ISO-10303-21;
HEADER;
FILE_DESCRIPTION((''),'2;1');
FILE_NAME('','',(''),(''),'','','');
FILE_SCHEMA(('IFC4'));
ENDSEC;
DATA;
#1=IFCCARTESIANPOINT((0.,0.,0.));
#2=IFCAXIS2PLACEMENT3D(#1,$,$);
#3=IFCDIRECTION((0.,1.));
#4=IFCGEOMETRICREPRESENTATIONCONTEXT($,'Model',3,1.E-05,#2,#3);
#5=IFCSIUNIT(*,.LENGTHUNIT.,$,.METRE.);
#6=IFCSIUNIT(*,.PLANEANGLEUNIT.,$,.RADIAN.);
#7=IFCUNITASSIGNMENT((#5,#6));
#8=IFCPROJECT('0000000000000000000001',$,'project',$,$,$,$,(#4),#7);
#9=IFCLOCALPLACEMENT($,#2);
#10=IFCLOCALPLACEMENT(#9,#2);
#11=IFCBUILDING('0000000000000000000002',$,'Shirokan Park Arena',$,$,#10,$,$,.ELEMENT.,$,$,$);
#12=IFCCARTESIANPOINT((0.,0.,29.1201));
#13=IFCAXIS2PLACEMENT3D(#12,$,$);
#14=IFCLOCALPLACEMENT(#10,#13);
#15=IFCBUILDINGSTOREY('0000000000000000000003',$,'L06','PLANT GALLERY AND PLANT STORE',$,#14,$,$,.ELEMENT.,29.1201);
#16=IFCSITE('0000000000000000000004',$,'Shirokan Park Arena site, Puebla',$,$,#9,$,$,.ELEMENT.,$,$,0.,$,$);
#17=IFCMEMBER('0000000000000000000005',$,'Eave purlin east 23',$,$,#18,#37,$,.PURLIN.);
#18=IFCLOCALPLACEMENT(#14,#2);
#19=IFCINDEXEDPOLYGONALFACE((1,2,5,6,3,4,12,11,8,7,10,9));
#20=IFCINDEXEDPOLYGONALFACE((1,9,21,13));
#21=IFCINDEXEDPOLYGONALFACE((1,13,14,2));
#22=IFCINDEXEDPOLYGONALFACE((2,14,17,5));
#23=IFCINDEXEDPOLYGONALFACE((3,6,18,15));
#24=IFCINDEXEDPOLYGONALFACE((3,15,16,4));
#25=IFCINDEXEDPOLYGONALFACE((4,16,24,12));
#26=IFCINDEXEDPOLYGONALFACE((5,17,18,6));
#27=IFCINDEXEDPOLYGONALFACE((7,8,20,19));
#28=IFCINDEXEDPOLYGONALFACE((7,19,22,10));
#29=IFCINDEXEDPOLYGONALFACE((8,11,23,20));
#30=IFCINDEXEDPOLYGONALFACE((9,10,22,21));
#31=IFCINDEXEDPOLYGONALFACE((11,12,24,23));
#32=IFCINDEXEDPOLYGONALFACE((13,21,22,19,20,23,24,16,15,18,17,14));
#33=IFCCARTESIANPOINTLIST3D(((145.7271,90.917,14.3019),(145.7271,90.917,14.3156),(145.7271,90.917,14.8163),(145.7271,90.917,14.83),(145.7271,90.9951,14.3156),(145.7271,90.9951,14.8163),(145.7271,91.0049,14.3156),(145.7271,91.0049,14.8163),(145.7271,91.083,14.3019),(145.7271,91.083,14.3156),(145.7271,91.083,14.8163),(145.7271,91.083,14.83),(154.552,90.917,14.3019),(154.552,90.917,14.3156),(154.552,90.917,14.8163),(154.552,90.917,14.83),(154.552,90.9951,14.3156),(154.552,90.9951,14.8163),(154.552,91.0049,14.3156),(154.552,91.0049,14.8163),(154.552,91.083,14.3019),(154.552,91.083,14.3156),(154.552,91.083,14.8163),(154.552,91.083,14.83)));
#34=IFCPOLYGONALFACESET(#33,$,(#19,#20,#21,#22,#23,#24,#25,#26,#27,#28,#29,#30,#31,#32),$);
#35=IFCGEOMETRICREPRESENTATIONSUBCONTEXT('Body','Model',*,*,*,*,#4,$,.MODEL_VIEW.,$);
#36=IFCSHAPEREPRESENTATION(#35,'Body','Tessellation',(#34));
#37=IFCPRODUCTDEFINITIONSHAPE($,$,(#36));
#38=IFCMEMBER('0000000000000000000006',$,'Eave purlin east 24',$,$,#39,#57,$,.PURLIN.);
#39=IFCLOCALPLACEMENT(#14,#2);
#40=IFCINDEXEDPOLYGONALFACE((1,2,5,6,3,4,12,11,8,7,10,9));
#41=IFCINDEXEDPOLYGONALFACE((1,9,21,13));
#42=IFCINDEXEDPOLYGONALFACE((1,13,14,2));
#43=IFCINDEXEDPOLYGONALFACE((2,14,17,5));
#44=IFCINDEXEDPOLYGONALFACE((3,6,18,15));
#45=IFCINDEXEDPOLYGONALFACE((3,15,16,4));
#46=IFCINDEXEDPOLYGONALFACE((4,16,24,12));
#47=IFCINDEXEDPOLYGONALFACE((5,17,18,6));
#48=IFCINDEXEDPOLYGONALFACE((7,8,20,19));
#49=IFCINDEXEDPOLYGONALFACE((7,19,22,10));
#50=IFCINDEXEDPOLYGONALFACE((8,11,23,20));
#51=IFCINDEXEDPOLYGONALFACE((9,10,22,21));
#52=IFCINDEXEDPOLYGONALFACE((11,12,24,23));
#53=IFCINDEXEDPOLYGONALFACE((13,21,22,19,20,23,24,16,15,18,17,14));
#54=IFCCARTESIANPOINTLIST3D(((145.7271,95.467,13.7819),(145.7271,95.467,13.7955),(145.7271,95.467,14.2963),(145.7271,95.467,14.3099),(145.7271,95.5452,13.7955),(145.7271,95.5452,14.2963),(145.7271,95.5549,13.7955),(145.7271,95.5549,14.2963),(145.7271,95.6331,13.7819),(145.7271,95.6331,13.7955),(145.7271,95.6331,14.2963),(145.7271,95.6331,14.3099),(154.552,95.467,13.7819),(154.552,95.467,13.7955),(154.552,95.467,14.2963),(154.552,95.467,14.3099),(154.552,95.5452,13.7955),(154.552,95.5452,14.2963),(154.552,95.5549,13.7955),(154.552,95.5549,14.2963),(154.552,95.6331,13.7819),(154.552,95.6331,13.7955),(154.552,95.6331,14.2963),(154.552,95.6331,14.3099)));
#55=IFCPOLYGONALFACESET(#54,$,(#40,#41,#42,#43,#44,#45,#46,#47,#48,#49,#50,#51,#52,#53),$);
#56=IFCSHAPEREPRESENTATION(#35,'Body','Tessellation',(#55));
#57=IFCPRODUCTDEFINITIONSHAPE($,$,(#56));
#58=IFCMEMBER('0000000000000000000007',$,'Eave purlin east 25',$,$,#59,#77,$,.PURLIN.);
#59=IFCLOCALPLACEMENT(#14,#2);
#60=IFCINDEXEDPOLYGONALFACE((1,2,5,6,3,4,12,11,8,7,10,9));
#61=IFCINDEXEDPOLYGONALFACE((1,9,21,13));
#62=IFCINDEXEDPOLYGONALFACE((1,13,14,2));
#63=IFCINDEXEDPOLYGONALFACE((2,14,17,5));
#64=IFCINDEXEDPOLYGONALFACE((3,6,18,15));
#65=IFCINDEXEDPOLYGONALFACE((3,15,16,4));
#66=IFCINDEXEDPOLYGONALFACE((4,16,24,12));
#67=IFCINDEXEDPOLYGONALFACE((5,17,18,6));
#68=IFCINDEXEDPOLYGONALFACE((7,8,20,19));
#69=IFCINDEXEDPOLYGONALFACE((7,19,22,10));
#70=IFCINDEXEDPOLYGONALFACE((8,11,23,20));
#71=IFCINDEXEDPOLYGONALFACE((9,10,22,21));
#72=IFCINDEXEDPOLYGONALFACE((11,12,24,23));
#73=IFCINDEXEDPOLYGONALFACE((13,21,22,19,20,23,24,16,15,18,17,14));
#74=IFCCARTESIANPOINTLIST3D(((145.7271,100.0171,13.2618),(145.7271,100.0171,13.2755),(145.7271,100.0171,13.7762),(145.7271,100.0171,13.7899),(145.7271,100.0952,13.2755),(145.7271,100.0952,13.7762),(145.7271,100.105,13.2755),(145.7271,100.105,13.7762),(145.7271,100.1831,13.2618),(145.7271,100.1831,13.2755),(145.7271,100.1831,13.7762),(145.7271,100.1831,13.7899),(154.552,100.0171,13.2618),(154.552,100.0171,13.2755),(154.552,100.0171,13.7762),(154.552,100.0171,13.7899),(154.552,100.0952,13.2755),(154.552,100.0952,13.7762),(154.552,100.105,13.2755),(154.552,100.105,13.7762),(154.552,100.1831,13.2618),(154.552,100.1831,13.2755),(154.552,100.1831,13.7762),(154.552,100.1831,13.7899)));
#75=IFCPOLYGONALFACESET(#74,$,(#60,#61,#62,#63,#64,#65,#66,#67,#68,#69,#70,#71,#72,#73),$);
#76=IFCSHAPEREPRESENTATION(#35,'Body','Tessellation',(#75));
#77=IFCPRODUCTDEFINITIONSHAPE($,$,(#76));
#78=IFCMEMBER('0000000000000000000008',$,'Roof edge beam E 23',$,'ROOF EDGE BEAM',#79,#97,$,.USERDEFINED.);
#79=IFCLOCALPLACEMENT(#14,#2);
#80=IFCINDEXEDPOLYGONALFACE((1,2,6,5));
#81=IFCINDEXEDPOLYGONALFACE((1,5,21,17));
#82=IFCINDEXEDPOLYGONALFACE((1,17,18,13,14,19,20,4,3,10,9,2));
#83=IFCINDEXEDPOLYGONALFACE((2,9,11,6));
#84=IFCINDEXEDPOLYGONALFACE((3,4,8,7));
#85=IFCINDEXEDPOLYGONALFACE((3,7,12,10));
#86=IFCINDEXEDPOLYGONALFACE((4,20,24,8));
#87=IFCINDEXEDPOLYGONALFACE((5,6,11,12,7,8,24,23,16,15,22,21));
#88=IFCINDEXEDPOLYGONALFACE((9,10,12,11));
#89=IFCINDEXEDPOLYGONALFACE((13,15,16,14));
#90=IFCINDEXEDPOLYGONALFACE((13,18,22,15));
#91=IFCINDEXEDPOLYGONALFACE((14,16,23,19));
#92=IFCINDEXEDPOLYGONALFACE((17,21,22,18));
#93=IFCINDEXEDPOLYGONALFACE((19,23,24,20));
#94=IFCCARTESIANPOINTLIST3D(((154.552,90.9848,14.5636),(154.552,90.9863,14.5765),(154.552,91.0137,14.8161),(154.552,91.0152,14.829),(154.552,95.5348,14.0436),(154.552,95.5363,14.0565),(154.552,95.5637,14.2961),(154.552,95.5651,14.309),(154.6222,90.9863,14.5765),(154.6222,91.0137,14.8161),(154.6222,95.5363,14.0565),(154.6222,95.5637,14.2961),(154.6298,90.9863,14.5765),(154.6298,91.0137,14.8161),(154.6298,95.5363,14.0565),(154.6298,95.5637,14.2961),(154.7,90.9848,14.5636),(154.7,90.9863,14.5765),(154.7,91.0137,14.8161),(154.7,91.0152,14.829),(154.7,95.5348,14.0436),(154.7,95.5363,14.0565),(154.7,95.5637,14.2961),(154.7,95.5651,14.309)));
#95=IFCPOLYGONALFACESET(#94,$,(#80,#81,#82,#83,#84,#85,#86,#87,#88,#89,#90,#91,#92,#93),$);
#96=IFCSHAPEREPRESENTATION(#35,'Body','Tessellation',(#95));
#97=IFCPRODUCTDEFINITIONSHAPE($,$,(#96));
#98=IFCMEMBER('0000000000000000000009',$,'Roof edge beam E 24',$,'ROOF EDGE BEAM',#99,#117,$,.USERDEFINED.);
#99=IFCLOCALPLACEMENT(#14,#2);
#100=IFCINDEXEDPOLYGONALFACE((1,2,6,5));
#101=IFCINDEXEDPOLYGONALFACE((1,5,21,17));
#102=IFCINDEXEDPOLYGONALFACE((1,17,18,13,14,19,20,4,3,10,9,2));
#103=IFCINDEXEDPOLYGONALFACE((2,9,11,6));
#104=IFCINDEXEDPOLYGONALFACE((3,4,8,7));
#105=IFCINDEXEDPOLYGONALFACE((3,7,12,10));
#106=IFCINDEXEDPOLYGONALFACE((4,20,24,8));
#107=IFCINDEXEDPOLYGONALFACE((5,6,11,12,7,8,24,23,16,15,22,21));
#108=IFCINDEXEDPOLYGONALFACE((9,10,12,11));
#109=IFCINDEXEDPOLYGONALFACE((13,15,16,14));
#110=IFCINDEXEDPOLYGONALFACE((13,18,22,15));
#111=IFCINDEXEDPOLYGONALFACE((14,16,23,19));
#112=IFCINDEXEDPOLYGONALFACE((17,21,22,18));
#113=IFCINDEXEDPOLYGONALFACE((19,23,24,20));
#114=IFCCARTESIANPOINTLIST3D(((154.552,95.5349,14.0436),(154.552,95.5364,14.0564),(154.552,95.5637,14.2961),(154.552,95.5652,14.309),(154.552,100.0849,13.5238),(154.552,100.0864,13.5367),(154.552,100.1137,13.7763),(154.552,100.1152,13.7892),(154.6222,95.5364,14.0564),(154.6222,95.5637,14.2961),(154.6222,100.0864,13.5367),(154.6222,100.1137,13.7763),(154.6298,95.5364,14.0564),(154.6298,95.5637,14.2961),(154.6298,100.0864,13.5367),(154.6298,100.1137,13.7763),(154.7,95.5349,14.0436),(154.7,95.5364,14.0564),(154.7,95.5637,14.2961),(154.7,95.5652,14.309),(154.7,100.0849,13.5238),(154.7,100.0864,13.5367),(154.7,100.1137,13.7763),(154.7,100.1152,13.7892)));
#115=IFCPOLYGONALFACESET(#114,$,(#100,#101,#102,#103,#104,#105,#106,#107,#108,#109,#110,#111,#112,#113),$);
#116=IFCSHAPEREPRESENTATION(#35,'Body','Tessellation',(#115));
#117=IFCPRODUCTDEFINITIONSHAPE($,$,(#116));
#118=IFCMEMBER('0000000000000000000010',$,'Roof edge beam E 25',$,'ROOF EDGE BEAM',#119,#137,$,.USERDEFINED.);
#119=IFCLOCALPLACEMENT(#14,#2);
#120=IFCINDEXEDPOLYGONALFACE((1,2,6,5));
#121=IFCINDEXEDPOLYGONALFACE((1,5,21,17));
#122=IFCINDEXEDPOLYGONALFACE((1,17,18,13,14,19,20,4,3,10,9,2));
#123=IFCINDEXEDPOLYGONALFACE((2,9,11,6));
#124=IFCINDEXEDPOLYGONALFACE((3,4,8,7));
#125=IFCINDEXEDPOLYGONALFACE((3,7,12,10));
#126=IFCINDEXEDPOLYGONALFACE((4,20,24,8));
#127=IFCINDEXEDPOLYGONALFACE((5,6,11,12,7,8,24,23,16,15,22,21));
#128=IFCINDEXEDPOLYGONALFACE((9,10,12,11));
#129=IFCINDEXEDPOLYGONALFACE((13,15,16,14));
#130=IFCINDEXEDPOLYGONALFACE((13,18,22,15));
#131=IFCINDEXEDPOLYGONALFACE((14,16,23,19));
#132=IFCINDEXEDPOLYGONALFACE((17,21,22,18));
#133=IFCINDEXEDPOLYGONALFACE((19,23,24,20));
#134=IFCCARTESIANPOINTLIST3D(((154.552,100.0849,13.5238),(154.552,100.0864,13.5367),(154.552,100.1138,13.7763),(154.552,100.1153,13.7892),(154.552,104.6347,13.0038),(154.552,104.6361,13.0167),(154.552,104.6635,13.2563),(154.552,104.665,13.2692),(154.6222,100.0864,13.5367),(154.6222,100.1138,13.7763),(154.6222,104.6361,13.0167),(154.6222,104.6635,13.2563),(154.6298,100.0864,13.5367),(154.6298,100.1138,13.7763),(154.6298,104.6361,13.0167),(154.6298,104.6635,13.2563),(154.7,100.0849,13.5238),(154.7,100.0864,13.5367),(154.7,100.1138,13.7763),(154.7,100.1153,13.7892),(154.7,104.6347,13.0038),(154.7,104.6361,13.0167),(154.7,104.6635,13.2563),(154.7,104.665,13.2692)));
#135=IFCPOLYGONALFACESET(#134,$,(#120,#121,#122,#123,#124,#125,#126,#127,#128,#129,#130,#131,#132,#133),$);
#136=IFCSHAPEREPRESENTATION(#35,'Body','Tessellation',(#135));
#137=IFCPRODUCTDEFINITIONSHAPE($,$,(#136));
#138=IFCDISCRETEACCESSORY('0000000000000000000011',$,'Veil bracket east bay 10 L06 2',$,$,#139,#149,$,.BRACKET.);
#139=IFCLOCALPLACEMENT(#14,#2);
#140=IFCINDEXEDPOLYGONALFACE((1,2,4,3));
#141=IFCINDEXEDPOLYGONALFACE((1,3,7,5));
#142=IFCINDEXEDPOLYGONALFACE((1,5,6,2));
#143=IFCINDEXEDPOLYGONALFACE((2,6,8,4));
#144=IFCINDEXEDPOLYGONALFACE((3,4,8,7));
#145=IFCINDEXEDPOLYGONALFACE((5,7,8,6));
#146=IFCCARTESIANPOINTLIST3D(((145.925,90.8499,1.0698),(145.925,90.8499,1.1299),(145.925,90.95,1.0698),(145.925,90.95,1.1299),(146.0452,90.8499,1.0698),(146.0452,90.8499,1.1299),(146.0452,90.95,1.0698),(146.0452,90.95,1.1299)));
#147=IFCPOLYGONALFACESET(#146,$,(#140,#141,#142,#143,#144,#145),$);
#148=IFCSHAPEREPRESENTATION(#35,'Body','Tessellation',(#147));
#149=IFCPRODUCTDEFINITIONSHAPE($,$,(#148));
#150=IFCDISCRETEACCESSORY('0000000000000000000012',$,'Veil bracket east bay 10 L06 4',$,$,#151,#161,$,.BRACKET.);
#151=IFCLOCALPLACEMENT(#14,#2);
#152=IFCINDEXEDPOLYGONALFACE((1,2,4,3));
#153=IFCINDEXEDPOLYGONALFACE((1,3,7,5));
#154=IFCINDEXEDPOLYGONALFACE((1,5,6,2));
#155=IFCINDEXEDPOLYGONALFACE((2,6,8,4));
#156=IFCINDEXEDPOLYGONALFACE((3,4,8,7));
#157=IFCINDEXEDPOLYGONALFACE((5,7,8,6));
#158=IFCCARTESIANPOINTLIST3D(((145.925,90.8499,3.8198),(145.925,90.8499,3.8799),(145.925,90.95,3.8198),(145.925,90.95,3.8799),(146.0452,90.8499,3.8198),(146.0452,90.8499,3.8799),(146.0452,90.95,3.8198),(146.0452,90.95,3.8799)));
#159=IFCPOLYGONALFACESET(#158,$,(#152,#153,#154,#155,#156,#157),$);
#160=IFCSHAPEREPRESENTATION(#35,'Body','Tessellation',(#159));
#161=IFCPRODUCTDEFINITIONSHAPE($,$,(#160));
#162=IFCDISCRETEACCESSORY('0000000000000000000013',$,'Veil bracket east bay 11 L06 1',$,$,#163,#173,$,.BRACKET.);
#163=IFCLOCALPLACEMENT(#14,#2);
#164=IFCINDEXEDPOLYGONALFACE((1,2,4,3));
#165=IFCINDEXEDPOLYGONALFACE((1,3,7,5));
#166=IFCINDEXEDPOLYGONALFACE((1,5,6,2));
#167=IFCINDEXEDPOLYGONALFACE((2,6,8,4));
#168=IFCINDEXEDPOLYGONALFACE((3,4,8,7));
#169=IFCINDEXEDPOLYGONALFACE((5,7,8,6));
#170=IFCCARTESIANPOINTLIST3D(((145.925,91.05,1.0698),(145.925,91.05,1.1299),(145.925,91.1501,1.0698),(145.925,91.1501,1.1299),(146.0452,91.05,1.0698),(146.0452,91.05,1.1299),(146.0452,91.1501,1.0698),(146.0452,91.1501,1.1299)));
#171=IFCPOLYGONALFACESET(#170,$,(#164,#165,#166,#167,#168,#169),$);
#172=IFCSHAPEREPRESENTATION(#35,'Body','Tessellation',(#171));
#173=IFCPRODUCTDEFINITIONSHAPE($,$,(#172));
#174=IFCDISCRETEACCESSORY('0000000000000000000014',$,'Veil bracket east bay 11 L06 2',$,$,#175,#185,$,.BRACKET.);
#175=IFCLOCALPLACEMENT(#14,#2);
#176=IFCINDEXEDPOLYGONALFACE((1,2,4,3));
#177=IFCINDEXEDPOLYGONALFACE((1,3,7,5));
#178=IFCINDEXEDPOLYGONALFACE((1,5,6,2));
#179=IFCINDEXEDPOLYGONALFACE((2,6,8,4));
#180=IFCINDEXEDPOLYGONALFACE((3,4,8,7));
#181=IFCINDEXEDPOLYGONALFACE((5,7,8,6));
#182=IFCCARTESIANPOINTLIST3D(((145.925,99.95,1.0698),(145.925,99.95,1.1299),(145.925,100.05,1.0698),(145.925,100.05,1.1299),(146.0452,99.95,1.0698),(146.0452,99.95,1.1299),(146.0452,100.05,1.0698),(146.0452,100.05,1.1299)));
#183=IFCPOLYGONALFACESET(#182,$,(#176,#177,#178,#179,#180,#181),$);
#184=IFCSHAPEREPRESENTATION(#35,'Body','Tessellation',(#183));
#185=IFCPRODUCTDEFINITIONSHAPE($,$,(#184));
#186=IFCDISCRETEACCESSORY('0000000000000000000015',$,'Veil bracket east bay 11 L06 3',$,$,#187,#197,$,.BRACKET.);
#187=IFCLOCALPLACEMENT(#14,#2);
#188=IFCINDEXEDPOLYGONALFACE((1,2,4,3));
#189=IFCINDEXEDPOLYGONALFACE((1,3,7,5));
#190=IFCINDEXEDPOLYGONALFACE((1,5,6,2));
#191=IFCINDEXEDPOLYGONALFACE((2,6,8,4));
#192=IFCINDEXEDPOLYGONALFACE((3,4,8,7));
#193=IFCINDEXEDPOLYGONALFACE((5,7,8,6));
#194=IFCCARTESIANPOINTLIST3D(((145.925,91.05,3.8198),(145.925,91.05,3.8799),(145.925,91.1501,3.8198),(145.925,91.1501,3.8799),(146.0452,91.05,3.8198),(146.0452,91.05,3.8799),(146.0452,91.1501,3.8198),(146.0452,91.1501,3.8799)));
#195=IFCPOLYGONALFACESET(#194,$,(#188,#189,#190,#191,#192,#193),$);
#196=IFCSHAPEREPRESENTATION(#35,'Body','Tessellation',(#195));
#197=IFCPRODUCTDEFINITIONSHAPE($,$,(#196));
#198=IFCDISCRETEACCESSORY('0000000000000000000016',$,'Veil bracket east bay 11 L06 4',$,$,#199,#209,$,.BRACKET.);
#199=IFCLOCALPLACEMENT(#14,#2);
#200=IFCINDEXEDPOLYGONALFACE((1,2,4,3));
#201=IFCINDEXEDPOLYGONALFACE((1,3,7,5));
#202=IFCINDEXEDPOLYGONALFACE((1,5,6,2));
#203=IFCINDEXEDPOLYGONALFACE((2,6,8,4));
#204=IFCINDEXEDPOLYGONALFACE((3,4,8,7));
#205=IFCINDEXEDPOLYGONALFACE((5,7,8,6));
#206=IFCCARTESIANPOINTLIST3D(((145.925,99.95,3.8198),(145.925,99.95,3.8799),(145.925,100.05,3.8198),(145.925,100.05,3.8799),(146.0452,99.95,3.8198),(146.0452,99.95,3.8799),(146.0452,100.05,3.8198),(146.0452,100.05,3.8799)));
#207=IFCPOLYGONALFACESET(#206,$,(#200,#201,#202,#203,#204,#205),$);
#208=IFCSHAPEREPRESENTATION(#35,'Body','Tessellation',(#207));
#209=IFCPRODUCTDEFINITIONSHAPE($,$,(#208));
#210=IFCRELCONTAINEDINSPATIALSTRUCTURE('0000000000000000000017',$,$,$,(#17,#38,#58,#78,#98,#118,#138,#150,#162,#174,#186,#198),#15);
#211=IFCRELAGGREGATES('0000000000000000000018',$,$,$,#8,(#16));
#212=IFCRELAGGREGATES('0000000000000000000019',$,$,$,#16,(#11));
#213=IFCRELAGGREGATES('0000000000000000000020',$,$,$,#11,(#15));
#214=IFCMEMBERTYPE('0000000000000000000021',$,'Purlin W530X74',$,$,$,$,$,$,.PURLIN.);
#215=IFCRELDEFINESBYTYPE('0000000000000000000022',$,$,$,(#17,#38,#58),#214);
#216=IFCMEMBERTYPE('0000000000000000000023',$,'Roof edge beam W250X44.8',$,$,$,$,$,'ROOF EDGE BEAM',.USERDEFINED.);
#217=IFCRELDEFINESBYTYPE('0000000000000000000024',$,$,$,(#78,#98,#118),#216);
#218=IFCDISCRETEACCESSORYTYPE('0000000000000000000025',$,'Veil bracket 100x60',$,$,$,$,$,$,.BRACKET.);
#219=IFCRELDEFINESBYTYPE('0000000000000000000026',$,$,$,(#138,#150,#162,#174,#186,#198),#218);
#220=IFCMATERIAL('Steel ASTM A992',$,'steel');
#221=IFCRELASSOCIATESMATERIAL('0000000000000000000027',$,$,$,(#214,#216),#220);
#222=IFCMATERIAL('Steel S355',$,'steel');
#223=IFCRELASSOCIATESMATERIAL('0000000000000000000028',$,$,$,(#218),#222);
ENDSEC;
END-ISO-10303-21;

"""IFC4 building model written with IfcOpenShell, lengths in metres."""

from ifc_helpers import new_model, si_unit, direction, frame, origin, origin_2d, place, context, subcontext, project, spatial, rectangle, i_section, extrude, material, material_profile, profile_set, type_object, element, save


model = new_model("IFC4")

# Units and contexts
model_context = context("Model", 3, precision=1e-05, world=origin(), true_north=direction((0.0, 1.0)))
body_context = subcontext(model_context, "Body", "Model", "MODEL_VIEW")
ifc_project = project(units=[si_unit("LENGTHUNIT", "METRE"), si_unit("PLANEANGLEUNIT", "RADIAN")], contexts=[model_context])

# Site, building, storey
site_placement = place(None, origin())
site = spatial("IfcSite", under=ifc_project, at=site_placement, Name="Shirokan Park Arena site, Puebla", CompositionType="ELEMENT", RefElevation=0.0)
building_placement = place(site_placement, origin())
building = spatial("IfcBuilding", under=site, at=building_placement, Name="Shirokan Park Arena", CompositionType="ELEMENT")
storey_placement = place(building_placement, frame((0.0, 0.0, 29.1201)))
storey = spatial("IfcBuildingStorey", under=building, at=storey_placement, Name="L06", Description="PLANT GALLERY AND PLANT STORE", CompositionType="ELEMENT", Elevation=29.1201)

# Members
ifc_material_1 = material(Name="Steel ASTM A992", Category="steel")
ifc_material_profile_1 = material_profile(ifc_material_1, i_section(OverallWidth=0.166, OverallDepth=0.5281, WebThickness=0.0098, FlangeThickness=0.0137, at=origin_2d()), Name="W530X74")
ifc_profile_set_1 = profile_set([ifc_material_profile_1], Name="Steel ASTM A992")
member_type_1 = type_object("IfcMemberType", Name="Purlin W530X74", PredefinedType="PURLIN", material=ifc_profile_set_1)
for number, where, z_axis, x_axis, name in (
    (1, (145.7271, 91.0, 14.5659), (1.0, 0.0, 0.0), (0.0, 1.0, 0.0), "Eave purlin east 23"),
    (2, (145.7271, 95.55, 14.0459), (1.0, 0.0, 0.0), (0.0, 1.0, 0.0), "Eave purlin east 24"),
    (3, (145.7271, 100.1001, 13.5259), (1.0, 0.0, 0.0), (0.0, 1.0, 0.0), "Eave purlin east 25"),
):
    element("IfcMember", number, at=place(storey_placement, frame(where, z_axis=z_axis, x_axis=x_axis)), inside=storey, type_object=member_type_1, Name=name, PredefinedType="PURLIN", context=body_context, shape_type="SweptSolid", body=[
        extrude(i_section(OverallWidth=0.166, OverallDepth=0.5281, WebThickness=0.0098, FlangeThickness=0.0137, at=origin_2d()), origin(), (0.0, 0.0, 1.0), 8.825),
    ])
ifc_material_profile_2 = material_profile(ifc_material_1, i_section(OverallWidth=0.1479, OverallDepth=0.2671, WebThickness=0.0076, FlangeThickness=0.0129, at=origin_2d()), Name="W250X44.8")
ifc_profile_set_2 = profile_set([ifc_material_profile_2], Name="Steel ASTM A992")
member_type_2 = type_object("IfcMemberType", Name="Roof edge beam W250X44.8", ElementType="ROOF EDGE BEAM", PredefinedType="USERDEFINED", material=ifc_profile_set_2)
for number, where, z_axis, x_axis, name in (
    (4, (154.626, 91.0, 14.6963), (0.0, 0.993532, -0.11355), (-1.0, 0.0, 0.0), "Roof edge beam E 23"),
    (5, (154.626, 95.55, 14.1763), (0.0, 0.993538, -0.113497), (-1.0, 0.0, 0.0), "Roof edge beam E 24"),
):
    element("IfcMember", number, at=place(storey_placement, frame(where, z_axis=z_axis, x_axis=x_axis)), inside=storey, type_object=member_type_2, Name=name, ObjectType="ROOF EDGE BEAM", PredefinedType="USERDEFINED", context=body_context, shape_type="SweptSolid", body=[
        extrude(i_section(OverallWidth=0.1479, OverallDepth=0.2671, WebThickness=0.0076, FlangeThickness=0.0129, at=origin_2d()), origin(), (0.0, 0.0, 1.0), 4.5796),
    ])
member_placement = place(storey_placement, frame((154.626, 100.1001, 13.6565), z_axis=(0.0, 0.993532, -0.113556), x_axis=(-1.0, 0.0, 0.0)))
element("IfcMember", 6, at=member_placement, inside=storey, type_object=member_type_2, Name="Roof edge beam E 25", ObjectType="ROOF EDGE BEAM", PredefinedType="USERDEFINED", context=body_context, shape_type="SweptSolid", body=[
    extrude(i_section(OverallWidth=0.1479, OverallDepth=0.2671, WebThickness=0.0076, FlangeThickness=0.0129, at=origin_2d()), origin(), (0.0, 0.0, 1.0), 4.5793),
])

# Discrete accessories
ifc_material_2 = material(Name="Steel S355", Category="steel")
discrete_accessory_type = type_object("IfcDiscreteAccessoryType", Name="Veil bracket 100x60", PredefinedType="BRACKET", material=ifc_material_2)
for number, where, z_axis, x_axis, name in (
    (7, (145.9851, 90.8999, 1.0698), (0.0, 0.0, 1.0), (0.0, 1.0, 0.0), "Veil bracket east bay 10 L06 2"),
    (8, (145.9851, 90.8999, 3.8198), (0.0, 0.0, 1.0), (0.0, 1.0, 0.0), "Veil bracket east bay 10 L06 4"),
    (9, (145.9851, 91.1001, 1.0698), (0.0, 0.0, 1.0), (0.0, 1.0, 0.0), "Veil bracket east bay 11 L06 1"),
    (10, (145.9851, 100.0, 1.0698), (0.0, 0.0, 1.0), (0.0, 1.0, 0.0), "Veil bracket east bay 11 L06 2"),
    (11, (145.9851, 91.1001, 3.8198), (0.0, 0.0, 1.0), (0.0, 1.0, 0.0), "Veil bracket east bay 11 L06 3"),
    (12, (145.9851, 100.0, 3.8198), (0.0, 0.0, 1.0), (0.0, 1.0, 0.0), "Veil bracket east bay 11 L06 4"),
):
    element("IfcDiscreteAccessory", number, at=place(storey_placement, frame(where, z_axis=z_axis, x_axis=x_axis)), inside=storey, type_object=discrete_accessory_type, Name=name, PredefinedType="BRACKET", context=body_context, shape_type="SweptSolid", body=[
        extrude(rectangle(XDim=0.1001, YDim=0.1201, at=origin_2d()), origin(), (0.0, 0.0, 1.0), 0.0601),
    ])

save(model, "model.ifc")
